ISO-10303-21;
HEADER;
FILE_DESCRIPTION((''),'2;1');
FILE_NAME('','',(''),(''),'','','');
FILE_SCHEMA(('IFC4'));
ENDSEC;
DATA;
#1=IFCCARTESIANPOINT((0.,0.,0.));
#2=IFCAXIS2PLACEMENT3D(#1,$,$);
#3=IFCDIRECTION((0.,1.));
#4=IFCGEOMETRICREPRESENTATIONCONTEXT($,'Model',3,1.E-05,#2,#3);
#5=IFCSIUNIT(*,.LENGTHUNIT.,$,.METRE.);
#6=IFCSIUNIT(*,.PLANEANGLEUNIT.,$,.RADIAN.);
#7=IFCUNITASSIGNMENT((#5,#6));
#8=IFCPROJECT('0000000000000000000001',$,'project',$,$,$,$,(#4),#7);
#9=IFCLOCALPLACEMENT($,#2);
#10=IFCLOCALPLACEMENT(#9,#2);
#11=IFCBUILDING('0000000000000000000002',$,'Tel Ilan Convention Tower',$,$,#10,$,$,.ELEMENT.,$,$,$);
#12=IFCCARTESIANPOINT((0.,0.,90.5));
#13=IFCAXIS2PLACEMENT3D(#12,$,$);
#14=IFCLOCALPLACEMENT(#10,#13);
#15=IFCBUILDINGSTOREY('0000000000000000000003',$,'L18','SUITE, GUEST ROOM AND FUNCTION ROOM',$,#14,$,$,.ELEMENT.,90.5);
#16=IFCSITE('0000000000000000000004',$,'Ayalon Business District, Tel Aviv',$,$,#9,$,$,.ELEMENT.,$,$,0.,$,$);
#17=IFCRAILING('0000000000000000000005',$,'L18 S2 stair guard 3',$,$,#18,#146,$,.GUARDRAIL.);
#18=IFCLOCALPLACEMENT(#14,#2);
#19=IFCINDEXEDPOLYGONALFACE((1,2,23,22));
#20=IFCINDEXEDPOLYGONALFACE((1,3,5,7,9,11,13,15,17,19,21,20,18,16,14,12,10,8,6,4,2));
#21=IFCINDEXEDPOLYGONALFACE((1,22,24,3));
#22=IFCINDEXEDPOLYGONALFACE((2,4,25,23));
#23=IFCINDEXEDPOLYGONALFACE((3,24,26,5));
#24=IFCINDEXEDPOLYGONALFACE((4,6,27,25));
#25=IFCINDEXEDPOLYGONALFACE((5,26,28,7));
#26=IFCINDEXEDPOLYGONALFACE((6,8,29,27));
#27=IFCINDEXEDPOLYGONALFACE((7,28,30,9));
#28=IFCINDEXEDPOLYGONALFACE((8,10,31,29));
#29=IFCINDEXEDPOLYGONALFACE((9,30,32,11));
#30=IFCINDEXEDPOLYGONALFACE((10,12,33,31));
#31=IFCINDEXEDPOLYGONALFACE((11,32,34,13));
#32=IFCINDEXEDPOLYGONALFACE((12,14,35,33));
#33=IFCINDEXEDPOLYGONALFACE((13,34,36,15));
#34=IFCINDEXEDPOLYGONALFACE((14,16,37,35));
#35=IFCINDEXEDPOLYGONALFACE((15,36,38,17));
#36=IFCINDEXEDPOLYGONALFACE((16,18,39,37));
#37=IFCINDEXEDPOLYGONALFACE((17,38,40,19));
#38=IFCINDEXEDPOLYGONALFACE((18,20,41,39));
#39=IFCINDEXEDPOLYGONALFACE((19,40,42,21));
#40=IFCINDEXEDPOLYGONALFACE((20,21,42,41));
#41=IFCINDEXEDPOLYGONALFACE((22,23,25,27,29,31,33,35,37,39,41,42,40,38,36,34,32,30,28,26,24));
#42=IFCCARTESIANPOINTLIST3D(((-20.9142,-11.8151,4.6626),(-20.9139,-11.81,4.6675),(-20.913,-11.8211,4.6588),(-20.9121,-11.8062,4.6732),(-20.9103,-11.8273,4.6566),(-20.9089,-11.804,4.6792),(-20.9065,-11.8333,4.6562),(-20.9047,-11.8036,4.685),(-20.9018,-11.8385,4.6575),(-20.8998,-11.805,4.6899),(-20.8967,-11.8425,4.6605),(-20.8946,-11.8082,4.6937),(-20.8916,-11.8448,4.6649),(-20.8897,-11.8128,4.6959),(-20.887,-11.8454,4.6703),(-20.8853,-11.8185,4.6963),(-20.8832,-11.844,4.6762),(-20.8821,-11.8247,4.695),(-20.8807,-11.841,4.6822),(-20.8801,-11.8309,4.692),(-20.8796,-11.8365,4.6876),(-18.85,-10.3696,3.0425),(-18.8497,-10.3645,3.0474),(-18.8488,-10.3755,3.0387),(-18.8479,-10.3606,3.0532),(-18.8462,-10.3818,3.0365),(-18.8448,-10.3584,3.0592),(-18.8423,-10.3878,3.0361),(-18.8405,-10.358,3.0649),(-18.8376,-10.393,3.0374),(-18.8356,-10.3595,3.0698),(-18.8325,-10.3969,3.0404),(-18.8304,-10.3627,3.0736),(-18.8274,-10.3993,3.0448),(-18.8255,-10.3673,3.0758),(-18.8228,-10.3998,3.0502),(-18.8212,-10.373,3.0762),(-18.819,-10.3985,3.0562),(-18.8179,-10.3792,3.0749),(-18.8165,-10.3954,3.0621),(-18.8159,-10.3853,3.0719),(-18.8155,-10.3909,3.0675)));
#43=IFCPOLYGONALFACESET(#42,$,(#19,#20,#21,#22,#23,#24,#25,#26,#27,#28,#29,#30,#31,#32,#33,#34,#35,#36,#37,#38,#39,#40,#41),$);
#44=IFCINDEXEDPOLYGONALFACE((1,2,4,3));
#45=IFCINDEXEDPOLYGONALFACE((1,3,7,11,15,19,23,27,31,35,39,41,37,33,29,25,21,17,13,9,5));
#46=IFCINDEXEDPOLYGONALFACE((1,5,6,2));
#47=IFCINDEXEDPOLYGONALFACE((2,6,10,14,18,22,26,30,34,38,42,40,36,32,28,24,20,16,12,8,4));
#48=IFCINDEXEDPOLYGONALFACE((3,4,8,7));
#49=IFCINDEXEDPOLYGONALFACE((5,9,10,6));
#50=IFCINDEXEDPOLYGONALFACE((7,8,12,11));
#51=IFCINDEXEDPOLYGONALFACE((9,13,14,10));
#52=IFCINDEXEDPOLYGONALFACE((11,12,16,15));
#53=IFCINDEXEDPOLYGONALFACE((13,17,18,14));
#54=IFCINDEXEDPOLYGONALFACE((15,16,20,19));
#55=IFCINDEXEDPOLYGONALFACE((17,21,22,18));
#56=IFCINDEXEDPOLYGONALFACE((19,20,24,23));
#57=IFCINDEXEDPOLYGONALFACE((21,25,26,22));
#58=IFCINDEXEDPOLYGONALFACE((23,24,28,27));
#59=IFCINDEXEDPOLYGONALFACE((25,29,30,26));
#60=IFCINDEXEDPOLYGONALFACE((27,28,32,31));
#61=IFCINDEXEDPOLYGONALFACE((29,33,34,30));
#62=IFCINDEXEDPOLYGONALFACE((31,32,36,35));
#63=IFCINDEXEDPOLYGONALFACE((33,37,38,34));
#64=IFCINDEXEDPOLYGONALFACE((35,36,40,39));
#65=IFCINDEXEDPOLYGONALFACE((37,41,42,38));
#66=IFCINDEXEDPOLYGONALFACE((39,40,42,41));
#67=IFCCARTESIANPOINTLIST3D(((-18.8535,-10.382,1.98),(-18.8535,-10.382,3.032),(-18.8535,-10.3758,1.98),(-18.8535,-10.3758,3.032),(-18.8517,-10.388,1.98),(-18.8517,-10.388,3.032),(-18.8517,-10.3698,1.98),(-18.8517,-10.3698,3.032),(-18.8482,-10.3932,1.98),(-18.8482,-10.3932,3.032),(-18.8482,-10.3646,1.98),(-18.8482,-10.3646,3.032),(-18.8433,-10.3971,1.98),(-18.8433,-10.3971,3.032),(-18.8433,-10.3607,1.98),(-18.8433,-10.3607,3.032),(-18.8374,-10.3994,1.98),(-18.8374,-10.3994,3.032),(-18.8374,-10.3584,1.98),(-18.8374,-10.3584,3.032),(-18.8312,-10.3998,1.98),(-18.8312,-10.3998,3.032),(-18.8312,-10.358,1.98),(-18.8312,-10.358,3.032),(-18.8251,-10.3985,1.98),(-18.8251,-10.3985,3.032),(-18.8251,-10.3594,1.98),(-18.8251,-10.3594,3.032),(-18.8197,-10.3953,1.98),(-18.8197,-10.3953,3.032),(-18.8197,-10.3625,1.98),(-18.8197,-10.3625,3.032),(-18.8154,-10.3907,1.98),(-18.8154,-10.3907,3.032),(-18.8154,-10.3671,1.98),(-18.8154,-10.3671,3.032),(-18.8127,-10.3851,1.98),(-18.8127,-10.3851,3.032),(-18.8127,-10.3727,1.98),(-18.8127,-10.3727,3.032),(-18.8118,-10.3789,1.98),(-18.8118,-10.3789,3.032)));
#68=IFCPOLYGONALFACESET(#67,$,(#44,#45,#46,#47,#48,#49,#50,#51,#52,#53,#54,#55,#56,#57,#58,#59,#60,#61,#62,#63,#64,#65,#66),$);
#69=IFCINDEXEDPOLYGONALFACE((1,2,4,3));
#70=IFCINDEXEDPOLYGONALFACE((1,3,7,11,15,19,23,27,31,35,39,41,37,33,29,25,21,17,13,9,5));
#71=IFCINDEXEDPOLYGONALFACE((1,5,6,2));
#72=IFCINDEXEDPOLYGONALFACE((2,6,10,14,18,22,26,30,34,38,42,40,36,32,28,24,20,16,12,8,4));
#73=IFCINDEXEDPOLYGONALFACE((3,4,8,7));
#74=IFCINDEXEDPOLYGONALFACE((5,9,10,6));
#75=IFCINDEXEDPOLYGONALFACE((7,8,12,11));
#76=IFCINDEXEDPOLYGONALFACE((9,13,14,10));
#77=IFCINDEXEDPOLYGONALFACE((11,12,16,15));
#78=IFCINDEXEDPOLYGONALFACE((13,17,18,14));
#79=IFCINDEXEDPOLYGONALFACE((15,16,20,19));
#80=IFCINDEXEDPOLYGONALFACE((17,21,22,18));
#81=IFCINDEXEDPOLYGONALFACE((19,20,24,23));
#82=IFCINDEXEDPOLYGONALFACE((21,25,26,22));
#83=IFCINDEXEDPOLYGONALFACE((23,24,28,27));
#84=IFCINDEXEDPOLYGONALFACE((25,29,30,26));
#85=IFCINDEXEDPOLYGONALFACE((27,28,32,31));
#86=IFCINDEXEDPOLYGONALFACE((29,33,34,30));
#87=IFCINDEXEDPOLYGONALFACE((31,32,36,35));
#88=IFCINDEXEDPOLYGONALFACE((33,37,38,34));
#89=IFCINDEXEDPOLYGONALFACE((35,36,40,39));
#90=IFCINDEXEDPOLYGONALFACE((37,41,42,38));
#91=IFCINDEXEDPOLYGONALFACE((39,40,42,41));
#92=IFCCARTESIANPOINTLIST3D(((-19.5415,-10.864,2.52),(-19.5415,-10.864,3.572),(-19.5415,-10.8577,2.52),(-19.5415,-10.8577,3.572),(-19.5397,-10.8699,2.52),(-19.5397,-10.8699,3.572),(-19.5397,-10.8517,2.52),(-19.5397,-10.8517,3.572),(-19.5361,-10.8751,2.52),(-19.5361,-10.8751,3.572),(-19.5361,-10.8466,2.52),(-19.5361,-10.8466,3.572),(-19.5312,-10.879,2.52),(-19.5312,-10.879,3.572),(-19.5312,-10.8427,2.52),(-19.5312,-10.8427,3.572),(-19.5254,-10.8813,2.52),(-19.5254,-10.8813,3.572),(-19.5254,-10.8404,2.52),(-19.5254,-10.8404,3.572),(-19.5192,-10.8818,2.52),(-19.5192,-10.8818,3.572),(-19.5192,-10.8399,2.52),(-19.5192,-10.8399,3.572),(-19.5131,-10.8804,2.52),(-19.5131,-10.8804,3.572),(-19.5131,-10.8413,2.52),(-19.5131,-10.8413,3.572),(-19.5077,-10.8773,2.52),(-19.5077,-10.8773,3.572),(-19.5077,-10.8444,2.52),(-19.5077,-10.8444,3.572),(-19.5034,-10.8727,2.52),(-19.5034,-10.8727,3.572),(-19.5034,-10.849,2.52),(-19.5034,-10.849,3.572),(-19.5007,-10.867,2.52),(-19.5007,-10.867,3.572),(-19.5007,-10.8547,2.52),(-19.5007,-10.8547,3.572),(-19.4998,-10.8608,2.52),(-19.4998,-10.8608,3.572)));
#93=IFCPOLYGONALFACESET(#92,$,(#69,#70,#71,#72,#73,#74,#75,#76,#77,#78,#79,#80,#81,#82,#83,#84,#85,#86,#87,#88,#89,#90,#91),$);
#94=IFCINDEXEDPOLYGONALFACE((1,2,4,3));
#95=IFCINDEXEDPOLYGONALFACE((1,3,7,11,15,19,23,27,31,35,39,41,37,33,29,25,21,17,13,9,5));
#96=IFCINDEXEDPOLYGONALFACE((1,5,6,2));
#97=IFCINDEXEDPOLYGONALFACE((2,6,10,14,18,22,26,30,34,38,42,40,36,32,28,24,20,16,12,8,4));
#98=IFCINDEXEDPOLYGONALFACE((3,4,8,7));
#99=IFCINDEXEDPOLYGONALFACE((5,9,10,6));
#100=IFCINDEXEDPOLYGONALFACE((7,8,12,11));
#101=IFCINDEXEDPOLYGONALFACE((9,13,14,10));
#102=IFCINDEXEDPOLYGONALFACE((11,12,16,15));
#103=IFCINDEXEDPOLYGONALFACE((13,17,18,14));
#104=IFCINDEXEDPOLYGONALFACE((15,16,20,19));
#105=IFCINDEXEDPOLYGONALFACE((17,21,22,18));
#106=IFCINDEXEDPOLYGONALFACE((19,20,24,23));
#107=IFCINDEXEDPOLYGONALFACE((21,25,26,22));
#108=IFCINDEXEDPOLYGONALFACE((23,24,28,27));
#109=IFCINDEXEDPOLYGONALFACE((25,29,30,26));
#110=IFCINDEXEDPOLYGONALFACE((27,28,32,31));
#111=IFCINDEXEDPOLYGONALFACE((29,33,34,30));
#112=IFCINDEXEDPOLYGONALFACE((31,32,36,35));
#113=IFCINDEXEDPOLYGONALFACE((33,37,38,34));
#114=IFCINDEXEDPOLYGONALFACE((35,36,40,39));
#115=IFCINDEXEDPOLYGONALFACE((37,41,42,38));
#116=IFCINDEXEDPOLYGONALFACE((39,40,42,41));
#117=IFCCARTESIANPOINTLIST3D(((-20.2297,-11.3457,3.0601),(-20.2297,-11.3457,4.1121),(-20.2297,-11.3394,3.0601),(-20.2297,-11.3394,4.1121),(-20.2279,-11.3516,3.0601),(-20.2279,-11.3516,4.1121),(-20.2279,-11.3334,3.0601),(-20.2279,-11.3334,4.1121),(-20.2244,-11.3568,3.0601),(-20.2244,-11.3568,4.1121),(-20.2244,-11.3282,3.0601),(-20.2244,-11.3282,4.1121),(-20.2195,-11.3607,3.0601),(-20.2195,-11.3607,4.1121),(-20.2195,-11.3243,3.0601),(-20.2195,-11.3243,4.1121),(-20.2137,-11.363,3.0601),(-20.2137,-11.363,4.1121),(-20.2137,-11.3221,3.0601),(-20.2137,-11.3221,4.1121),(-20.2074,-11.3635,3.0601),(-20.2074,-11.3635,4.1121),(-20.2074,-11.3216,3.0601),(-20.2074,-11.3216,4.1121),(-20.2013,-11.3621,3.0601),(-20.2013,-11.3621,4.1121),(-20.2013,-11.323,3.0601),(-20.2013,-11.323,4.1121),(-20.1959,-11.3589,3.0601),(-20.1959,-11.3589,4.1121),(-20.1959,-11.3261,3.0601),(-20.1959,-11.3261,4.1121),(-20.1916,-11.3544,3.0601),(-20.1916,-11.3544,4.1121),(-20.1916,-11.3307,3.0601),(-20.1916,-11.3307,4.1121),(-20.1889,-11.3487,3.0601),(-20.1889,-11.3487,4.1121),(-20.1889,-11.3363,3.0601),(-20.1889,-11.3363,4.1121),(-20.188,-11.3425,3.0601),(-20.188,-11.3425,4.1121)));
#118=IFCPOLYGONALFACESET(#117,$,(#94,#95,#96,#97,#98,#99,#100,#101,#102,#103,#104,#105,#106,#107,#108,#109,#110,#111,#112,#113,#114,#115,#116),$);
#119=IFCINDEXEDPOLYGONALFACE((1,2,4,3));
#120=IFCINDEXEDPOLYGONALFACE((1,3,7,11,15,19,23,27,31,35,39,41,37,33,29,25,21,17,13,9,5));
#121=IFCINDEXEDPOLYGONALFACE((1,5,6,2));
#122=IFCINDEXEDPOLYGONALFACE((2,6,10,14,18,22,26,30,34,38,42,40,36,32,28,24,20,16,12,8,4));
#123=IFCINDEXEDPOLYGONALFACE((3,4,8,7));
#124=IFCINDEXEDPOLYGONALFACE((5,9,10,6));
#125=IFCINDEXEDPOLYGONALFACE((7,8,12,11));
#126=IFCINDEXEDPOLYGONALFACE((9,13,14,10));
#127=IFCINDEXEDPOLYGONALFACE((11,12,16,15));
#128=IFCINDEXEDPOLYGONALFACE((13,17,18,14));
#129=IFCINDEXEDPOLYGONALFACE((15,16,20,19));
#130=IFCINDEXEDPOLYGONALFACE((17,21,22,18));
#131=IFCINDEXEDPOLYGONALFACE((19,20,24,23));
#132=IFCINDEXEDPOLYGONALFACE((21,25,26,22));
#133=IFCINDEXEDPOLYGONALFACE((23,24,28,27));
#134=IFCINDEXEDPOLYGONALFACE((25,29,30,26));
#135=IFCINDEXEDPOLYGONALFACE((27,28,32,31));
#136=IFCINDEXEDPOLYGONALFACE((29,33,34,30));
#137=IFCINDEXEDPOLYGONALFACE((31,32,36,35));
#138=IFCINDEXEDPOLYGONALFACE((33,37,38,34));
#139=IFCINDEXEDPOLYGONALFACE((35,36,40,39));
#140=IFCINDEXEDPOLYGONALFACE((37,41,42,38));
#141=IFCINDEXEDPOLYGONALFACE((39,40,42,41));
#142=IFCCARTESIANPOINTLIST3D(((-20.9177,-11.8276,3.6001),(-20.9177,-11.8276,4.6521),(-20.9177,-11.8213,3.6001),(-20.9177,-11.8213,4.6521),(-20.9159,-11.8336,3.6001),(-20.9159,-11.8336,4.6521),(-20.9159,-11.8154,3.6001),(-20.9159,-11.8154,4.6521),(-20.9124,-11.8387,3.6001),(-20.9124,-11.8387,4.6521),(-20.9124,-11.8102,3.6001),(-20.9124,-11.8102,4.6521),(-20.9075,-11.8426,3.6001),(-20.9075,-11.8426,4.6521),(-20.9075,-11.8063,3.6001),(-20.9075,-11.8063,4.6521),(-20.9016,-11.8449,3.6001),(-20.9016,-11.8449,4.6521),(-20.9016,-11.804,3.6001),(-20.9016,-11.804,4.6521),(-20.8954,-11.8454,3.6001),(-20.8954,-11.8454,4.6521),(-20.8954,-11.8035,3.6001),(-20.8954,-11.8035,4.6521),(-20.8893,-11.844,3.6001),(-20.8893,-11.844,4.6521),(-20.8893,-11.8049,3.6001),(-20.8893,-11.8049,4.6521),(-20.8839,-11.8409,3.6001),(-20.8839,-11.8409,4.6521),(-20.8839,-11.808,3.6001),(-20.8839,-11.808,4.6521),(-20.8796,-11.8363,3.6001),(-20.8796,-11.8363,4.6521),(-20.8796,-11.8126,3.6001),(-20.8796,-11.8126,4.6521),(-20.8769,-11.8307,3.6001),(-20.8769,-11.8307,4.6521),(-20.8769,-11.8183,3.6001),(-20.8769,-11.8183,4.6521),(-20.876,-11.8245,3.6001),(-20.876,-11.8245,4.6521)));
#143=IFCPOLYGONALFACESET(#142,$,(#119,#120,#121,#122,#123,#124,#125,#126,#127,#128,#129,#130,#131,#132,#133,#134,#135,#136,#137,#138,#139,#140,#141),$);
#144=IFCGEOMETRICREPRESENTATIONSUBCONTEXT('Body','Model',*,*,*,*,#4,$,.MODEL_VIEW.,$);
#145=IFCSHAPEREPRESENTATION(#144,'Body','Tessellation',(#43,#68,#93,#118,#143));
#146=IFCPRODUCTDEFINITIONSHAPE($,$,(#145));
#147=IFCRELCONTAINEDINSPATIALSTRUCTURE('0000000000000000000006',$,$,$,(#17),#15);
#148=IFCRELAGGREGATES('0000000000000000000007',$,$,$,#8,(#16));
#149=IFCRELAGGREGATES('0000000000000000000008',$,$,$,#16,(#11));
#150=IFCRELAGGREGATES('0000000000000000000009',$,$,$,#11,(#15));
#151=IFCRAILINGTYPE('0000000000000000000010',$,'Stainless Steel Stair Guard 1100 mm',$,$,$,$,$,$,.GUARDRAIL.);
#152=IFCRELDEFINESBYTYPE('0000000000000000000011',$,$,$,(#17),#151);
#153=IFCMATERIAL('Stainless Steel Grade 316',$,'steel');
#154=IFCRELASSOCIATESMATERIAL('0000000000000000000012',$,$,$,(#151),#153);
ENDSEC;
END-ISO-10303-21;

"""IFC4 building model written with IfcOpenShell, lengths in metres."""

from ifc_helpers import new_model, si_unit, direction, frame, origin, origin_2d, place, context, subcontext, project, spatial, circle, extrude, material, type_object, element, save


model = new_model("IFC4")

# Units and contexts
model_context = context("Model", 3, precision=1e-05, world=origin(), true_north=direction((0.0, 1.0)))
body_context = subcontext(model_context, "Body", "Model", "MODEL_VIEW")
ifc_project = project(units=[si_unit("LENGTHUNIT", "METRE"), si_unit("PLANEANGLEUNIT", "RADIAN")], contexts=[model_context])

# Site, building, storey
site_placement = place(None, origin())
site = spatial("IfcSite", under=ifc_project, at=site_placement, Name="Ayalon Business District, Tel Aviv", CompositionType="ELEMENT", RefElevation=0.0)
building_placement = place(site_placement, origin())
building = spatial("IfcBuilding", under=site, at=building_placement, Name="Tel Ilan Convention Tower", CompositionType="ELEMENT")
storey_placement = place(building_placement, frame((0.0, 0.0, 90.5)))
storey = spatial("IfcBuildingStorey", under=building, at=storey_placement, Name="L18", Description="SUITE, GUEST ROOM AND FUNCTION ROOM", CompositionType="ELEMENT", Elevation=90.5)

# Railing
ifc_material_1 = material(Name="Stainless Steel Grade 316", Category="steel")
railing_type = type_object("IfcRailingType", Name="Stainless Steel Stair Guard 1100 mm", PredefinedType="GUARDRAIL", material=ifc_material_1)
railing_1_placement = place(storey_placement, frame((-18.8328, -10.3789, 1.98)))
element("IfcRailing", 1, at=railing_1_placement, inside=storey, type_object=railing_type, Name="L18 S2 stair guard 3", PredefinedType="GUARDRAIL", context=body_context, shape_type="SweptSolid", body=[
    extrude(circle(Radius=0.0239, at=origin_2d()), frame((0.0, 0.0, 1.0762), z_axis=(-0.689013, -0.482513, 0.540779), x_axis=(0.573625, -0.819118, 0.0)), (0.0, 0.0, 1.0), 2.9958),
    extrude(circle(Radius=0.021, at=origin_2d()), origin(), (0.0, 0.0, 1.0), 1.052),
    extrude(circle(Radius=0.021, at=origin_2d()), frame((-0.688, -0.4819, 0.54)), (0.0, 0.0, 1.0), 1.052),
    extrude(circle(Radius=0.021, at=origin_2d()), frame((-1.3762, -0.9636, 1.0801)), (0.0, 0.0, 1.0), 1.052),
    extrude(circle(Radius=0.021, at=origin_2d()), frame((-2.0642, -1.4456, 1.6201)), (0.0, 0.0, 1.0), 1.052),
])

save(model, "model.ifc")
